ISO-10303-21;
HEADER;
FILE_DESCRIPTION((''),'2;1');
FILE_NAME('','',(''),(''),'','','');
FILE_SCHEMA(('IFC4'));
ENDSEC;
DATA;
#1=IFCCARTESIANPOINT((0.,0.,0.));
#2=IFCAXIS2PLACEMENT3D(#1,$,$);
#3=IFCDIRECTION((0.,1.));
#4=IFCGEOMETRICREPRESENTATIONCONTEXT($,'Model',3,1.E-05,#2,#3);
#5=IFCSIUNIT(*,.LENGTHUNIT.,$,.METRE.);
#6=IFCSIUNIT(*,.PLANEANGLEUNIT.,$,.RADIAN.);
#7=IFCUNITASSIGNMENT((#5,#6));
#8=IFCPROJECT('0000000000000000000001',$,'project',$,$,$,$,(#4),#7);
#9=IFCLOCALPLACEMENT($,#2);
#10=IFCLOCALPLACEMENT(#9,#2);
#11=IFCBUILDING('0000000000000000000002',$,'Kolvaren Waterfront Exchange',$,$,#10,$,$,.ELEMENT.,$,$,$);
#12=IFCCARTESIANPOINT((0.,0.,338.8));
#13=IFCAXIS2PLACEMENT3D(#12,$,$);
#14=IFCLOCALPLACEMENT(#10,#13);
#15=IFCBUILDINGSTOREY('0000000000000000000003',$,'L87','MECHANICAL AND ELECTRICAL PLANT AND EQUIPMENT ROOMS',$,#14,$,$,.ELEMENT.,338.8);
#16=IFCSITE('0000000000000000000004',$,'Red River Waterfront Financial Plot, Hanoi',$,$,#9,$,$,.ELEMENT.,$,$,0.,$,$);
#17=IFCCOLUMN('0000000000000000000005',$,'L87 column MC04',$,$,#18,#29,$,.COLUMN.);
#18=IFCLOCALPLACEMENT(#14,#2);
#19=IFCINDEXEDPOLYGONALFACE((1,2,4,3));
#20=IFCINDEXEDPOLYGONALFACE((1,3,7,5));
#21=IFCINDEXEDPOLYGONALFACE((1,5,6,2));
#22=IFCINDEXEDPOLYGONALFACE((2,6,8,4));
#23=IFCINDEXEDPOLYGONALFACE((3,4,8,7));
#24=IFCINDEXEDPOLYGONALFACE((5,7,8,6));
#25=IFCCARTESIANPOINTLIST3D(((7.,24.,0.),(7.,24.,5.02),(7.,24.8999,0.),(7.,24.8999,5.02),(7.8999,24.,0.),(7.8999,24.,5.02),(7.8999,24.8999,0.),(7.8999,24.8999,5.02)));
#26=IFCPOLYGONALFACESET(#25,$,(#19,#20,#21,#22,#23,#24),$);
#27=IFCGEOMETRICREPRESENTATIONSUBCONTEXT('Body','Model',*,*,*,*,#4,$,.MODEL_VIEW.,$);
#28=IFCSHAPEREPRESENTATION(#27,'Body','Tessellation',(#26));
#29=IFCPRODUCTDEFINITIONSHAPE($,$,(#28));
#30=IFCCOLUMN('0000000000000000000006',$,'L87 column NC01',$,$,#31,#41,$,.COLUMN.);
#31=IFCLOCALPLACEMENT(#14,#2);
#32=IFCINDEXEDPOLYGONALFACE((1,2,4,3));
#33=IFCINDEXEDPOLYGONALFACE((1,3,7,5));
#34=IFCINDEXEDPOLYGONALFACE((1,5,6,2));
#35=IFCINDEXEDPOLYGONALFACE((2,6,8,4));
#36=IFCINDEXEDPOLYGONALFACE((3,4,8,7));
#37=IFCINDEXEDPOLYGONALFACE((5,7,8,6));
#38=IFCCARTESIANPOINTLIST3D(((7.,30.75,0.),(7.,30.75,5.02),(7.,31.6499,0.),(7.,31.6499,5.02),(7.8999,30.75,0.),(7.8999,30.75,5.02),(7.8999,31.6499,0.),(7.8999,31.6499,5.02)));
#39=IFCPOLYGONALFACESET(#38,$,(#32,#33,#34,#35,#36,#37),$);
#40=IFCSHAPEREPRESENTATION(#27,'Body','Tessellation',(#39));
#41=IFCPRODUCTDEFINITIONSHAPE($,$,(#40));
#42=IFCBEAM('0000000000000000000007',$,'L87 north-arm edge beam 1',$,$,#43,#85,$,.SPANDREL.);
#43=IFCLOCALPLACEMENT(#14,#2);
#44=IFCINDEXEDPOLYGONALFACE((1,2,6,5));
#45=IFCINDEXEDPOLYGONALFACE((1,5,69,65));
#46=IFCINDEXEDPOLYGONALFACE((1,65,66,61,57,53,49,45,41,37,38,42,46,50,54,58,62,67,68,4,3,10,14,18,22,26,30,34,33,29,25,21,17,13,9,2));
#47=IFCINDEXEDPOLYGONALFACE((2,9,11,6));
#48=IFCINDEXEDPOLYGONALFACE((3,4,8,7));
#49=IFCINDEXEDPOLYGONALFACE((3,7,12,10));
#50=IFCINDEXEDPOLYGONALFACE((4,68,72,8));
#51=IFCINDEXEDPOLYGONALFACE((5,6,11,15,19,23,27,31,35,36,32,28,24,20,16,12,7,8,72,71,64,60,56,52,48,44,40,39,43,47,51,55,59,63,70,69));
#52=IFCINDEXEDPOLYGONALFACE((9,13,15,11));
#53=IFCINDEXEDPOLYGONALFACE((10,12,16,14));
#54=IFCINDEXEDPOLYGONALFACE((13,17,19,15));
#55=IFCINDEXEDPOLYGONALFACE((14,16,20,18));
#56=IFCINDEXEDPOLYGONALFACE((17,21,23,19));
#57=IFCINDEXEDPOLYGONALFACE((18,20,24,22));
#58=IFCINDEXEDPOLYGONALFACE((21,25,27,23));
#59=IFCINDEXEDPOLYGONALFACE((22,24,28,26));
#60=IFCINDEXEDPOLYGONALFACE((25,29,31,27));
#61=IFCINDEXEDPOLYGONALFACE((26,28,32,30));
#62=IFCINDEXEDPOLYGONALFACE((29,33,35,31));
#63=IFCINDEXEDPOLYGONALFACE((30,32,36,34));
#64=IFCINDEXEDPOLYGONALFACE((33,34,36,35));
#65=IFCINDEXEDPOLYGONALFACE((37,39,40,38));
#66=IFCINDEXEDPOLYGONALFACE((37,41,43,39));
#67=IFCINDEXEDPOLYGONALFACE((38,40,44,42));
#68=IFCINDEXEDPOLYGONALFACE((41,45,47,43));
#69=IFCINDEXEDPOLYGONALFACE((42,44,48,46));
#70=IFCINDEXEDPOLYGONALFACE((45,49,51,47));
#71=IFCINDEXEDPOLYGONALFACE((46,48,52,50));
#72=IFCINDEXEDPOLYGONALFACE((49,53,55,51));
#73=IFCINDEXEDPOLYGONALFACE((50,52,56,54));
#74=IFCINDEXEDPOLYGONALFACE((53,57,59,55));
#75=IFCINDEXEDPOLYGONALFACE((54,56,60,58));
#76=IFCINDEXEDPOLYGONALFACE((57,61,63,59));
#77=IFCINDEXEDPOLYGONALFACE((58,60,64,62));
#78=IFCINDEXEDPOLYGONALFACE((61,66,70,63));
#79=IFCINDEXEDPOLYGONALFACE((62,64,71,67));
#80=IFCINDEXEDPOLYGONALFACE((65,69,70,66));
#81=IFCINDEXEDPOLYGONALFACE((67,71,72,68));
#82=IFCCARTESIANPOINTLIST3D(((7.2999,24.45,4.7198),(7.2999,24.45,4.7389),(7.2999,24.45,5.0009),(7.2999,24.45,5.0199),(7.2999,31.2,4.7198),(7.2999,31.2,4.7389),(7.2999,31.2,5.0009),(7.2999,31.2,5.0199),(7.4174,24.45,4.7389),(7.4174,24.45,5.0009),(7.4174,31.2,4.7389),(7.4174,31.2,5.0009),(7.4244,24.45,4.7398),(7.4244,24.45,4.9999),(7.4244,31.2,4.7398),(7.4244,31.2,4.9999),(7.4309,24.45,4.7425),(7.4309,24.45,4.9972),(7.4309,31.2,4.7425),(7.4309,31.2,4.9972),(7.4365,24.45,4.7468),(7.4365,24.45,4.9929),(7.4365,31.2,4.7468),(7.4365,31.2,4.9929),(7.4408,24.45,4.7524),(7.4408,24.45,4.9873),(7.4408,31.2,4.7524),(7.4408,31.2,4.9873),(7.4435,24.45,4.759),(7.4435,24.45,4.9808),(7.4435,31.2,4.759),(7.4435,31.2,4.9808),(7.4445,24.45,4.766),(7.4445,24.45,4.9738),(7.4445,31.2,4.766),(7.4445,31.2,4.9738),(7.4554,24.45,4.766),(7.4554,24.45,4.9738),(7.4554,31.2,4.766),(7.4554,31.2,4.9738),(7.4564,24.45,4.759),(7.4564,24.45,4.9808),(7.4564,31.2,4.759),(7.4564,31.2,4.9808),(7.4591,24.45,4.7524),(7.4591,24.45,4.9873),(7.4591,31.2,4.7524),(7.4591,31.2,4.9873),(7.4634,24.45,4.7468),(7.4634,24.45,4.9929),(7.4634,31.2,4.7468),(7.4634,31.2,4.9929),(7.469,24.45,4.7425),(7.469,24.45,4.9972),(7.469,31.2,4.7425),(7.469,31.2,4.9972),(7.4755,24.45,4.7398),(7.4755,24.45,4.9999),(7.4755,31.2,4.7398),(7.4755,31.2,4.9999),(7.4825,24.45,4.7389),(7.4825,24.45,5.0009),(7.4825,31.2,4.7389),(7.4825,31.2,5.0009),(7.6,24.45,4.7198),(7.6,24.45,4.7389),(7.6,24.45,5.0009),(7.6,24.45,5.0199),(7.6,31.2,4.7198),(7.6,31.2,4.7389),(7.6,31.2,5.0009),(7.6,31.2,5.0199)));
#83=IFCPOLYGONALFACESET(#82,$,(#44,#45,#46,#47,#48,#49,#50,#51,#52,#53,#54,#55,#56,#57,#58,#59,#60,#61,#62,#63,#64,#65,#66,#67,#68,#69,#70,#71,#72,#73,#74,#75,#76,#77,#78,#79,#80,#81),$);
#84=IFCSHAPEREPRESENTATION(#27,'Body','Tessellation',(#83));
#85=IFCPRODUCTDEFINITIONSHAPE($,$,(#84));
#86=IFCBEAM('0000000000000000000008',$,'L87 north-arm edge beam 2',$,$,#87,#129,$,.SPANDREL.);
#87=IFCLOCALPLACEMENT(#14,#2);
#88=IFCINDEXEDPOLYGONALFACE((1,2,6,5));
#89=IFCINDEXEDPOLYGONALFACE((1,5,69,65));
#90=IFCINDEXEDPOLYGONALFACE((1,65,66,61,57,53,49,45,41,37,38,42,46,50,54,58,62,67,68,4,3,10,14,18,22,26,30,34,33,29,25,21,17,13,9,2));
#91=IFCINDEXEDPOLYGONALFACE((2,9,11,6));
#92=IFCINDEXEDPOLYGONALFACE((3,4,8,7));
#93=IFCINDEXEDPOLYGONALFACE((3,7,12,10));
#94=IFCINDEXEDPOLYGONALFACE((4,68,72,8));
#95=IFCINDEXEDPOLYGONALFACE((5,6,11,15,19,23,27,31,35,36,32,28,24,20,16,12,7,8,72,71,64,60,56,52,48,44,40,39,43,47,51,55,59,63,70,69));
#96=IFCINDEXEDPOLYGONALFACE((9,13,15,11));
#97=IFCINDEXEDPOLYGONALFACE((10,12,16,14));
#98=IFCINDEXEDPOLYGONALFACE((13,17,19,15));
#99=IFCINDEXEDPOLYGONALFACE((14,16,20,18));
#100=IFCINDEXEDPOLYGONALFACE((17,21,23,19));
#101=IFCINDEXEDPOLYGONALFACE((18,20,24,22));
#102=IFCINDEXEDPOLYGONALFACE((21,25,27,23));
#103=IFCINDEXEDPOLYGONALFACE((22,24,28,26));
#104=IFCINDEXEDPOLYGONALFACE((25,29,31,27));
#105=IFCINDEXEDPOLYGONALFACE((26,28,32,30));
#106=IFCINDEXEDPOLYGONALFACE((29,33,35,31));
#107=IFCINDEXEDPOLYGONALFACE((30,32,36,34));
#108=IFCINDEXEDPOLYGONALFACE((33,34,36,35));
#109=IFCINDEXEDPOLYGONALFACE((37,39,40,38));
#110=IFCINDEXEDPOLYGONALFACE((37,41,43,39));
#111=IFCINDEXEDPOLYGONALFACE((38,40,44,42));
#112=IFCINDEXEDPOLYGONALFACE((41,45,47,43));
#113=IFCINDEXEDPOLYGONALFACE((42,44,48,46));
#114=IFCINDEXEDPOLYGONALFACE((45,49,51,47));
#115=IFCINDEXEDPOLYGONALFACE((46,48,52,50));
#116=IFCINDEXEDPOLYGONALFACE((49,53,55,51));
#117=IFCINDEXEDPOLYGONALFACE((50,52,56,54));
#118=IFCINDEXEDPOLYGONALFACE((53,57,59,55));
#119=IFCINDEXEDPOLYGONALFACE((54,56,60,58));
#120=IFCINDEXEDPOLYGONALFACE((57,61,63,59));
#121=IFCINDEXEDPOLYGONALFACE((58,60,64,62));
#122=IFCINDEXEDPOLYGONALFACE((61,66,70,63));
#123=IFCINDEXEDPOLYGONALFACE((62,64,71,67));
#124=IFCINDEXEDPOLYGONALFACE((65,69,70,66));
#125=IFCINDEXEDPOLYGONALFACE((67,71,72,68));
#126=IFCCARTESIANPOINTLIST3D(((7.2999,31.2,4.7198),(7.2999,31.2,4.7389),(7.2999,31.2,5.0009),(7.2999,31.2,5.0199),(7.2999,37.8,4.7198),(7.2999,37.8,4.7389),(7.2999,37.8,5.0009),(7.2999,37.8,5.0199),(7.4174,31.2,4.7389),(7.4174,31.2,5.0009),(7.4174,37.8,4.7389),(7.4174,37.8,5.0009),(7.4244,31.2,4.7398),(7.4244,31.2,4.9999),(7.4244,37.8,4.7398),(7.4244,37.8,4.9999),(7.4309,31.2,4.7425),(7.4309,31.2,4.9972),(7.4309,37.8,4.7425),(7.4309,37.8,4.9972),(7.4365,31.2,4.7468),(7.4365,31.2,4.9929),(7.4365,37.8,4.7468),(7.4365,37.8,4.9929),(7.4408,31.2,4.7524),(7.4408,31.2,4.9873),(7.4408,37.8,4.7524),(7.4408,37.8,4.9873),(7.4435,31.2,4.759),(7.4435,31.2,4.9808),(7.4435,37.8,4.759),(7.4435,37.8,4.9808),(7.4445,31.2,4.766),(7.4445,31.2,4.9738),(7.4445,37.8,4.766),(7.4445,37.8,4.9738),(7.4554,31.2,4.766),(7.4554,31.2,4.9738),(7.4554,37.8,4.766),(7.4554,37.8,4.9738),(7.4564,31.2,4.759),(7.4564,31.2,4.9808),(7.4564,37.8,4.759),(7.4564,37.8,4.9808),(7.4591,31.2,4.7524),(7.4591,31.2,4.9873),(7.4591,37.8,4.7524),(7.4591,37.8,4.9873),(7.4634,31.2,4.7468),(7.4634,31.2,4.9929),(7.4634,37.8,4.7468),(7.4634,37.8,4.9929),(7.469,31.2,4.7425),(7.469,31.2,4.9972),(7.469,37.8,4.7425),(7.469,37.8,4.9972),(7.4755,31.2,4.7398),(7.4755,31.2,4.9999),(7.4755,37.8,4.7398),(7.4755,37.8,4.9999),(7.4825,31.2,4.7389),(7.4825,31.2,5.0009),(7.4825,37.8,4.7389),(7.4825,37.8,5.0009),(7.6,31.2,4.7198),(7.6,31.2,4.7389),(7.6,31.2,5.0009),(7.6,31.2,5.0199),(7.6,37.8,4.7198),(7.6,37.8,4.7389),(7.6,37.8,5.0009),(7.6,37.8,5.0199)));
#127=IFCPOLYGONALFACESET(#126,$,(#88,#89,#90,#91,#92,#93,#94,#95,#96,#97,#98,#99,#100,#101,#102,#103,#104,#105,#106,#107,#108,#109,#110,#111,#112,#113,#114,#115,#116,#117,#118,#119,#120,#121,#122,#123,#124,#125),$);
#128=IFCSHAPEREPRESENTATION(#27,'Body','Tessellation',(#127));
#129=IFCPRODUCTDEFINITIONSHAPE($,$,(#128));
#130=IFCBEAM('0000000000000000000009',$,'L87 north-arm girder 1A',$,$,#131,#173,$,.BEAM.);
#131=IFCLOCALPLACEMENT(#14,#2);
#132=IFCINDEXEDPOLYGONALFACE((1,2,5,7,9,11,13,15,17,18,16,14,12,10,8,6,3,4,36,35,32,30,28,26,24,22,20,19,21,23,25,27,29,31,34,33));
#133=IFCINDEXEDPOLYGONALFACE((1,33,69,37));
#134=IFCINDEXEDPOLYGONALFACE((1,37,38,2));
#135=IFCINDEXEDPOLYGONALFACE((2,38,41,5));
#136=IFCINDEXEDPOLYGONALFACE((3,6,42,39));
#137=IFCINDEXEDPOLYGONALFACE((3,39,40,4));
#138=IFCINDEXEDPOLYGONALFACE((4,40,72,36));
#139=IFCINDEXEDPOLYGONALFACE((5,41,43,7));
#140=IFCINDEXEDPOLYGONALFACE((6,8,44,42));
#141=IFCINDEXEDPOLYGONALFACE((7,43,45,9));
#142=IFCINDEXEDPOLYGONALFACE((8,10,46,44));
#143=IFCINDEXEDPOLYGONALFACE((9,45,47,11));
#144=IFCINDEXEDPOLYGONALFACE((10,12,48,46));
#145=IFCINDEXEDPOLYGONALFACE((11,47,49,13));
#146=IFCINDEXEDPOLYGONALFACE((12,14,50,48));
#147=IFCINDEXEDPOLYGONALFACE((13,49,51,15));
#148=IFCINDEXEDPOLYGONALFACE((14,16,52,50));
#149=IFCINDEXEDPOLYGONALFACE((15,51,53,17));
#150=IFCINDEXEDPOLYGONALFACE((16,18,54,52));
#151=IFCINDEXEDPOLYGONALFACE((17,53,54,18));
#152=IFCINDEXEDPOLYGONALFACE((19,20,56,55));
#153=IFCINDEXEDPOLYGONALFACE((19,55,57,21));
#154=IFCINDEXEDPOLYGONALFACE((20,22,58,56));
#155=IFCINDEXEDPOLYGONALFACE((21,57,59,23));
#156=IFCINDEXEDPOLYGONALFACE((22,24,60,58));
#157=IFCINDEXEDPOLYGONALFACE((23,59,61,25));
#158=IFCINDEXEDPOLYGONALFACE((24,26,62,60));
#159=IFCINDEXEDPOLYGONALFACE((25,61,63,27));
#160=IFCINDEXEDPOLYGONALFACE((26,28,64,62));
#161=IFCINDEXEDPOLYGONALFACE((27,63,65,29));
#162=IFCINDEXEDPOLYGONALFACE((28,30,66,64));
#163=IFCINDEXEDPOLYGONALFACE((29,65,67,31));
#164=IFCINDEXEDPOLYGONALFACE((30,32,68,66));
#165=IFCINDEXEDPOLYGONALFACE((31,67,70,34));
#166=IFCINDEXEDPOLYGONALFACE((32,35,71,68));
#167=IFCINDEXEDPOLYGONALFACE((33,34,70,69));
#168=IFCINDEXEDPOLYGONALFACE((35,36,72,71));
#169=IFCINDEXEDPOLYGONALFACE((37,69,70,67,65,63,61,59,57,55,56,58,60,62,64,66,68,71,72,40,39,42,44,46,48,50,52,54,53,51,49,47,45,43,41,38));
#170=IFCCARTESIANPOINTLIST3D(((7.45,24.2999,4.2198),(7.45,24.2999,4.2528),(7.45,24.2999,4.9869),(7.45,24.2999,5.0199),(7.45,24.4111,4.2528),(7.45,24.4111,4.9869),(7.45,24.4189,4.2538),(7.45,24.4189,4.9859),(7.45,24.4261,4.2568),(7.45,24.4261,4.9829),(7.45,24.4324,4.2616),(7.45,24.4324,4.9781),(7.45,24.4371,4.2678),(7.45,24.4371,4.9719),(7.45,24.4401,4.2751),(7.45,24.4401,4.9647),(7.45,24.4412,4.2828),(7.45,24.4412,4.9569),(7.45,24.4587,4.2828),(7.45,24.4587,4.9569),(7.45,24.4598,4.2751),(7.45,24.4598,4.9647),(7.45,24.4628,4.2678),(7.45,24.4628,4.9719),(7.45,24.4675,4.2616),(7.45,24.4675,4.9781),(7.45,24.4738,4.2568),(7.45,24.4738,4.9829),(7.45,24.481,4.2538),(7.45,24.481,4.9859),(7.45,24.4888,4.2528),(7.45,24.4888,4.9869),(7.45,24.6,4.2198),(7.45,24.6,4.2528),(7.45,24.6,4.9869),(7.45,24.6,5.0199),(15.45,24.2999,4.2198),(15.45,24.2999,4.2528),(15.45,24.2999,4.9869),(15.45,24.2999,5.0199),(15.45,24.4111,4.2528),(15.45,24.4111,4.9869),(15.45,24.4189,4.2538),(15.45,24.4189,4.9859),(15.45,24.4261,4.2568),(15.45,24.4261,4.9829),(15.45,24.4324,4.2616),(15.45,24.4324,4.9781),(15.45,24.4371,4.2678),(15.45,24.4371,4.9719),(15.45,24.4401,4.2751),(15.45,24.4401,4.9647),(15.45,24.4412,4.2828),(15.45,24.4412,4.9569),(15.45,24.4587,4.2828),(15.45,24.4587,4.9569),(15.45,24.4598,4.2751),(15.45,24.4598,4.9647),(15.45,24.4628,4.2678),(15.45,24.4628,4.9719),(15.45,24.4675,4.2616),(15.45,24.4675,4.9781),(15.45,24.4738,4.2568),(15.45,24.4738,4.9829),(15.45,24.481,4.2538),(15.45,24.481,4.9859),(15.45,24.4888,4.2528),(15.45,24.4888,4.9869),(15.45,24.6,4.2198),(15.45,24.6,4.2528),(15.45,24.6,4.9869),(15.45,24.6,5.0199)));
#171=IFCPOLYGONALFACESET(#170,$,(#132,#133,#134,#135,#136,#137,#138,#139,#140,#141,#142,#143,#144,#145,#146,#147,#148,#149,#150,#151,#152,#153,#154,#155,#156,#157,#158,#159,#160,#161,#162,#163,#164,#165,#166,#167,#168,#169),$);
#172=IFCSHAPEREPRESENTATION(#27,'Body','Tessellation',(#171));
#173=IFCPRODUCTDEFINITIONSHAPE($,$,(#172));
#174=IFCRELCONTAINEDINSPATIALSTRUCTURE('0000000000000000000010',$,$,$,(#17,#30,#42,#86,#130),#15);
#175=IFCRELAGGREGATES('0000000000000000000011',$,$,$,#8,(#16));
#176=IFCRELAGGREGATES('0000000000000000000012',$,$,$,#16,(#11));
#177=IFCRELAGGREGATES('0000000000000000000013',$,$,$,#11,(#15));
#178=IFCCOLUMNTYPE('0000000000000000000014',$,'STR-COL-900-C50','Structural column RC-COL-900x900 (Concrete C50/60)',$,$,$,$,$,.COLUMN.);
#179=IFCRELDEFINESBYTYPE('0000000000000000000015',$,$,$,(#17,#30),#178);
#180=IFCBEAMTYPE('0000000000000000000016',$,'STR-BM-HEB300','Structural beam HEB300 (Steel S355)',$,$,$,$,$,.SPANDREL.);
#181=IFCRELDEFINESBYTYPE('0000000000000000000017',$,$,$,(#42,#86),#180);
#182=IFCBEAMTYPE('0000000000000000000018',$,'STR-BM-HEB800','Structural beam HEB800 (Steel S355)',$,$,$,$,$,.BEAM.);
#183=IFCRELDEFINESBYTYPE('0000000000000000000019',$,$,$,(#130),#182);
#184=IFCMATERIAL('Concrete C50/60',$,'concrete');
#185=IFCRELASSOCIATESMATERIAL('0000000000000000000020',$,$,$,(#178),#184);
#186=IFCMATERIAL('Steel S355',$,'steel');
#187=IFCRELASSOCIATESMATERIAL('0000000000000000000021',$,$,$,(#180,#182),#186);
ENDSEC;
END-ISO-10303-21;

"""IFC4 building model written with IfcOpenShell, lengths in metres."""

from ifc_helpers import new_model, si_unit, direction, frame, origin, origin_2d, place, context, subcontext, project, spatial, rectangle, i_section, extrude, material, material_profile, profile_set, type_object, element, save


model = new_model("IFC4")

# Units and contexts
model_context = context("Model", 3, precision=1e-05, world=origin(), true_north=direction((0.0, 1.0)))
body_context = subcontext(model_context, "Body", "Model", "MODEL_VIEW")
ifc_project = project(units=[si_unit("LENGTHUNIT", "METRE"), si_unit("PLANEANGLEUNIT", "RADIAN")], contexts=[model_context])

# Site, building, storey
site_placement = place(None, origin())
site = spatial("IfcSite", under=ifc_project, at=site_placement, Name="Red River Waterfront Financial Plot, Hanoi", CompositionType="ELEMENT", RefElevation=0.0)
building_placement = place(site_placement, origin())
building = spatial("IfcBuilding", under=site, at=building_placement, Name="Kolvaren Waterfront Exchange", CompositionType="ELEMENT")
storey_placement = place(building_placement, frame((0.0, 0.0, 338.8)))
storey = spatial("IfcBuildingStorey", under=building, at=storey_placement, Name="L87", Description="MECHANICAL AND ELECTRICAL PLANT AND EQUIPMENT ROOMS", CompositionType="ELEMENT", Elevation=338.8)

# Columns
ifc_material_1 = material(Name="Concrete C50/60", Category="concrete")
ifc_material_profile_1 = material_profile(ifc_material_1, rectangle(XDim=0.8999, YDim=0.8999, at=origin_2d()), Name="RC-COL-900x900")
ifc_profile_set_1 = profile_set([ifc_material_profile_1], Name="Concrete C50/60")
column_type = type_object("IfcColumnType", Name="STR-COL-900-C50", Description="Structural column RC-COL-900x900 (Concrete C50/60)", PredefinedType="COLUMN", material=ifc_profile_set_1)
for number, where, z_axis, x_axis, name in (
    (1, (7.45, 24.45, 0.0), (0.0, 0.0, 1.0), (1.0, 0.0, 0.0), "L87 column MC04"),
    (2, (7.45, 31.2, 0.0), (0.0, 0.0, 1.0), (1.0, 0.0, 0.0), "L87 column NC01"),
):
    element("IfcColumn", number, at=place(storey_placement, frame(where, z_axis=z_axis, x_axis=x_axis)), inside=storey, type_object=column_type, Name=name, PredefinedType="COLUMN", context=body_context, shape_type="SweptSolid", body=[
        extrude(rectangle(XDim=0.8999, YDim=0.8999, at=origin_2d()), origin(), (0.0, 0.0, 1.0), 5.02),
    ])

# Beams
ifc_material_2 = material(Name="Steel S355", Category="steel")
ifc_material_profile_2 = material_profile(ifc_material_2, i_section(OverallWidth=0.3, OverallDepth=0.3, WebThickness=0.011, FlangeThickness=0.019, FilletRadius=0.0271, at=origin_2d()), Name="HEB300")
ifc_profile_set_2 = profile_set([ifc_material_profile_2], Name="Steel S355")
beam_type_1 = type_object("IfcBeamType", Name="STR-BM-HEB300", Description="Structural beam HEB300 (Steel S355)", PredefinedType="SPANDREL", material=ifc_profile_set_2)
beam_1_placement = place(storey_placement, frame((7.45, 24.45, 4.8699), z_axis=(0.0, 1.0, 0.0), x_axis=(-1.0, 0.0, 0.0)))
element("IfcBeam", 3, at=beam_1_placement, inside=storey, type_object=beam_type_1, Name="L87 north-arm edge beam 1", PredefinedType="SPANDREL", context=body_context, shape_type="SweptSolid", body=[
    extrude(i_section(OverallWidth=0.3, OverallDepth=0.3, WebThickness=0.011, FlangeThickness=0.019, FilletRadius=0.0271, at=origin_2d()), origin(), (0.0, 0.0, 1.0), 6.75),
])
beam_2_placement = place(storey_placement, frame((7.45, 31.2, 4.8699), z_axis=(0.0, 1.0, 0.0), x_axis=(-1.0, 0.0, 0.0)))
element("IfcBeam", 4, at=beam_2_placement, inside=storey, type_object=beam_type_1, Name="L87 north-arm edge beam 2", PredefinedType="SPANDREL", context=body_context, shape_type="SweptSolid", body=[
    extrude(i_section(OverallWidth=0.3, OverallDepth=0.3, WebThickness=0.011, FlangeThickness=0.019, FilletRadius=0.0271, at=origin_2d()), origin(), (0.0, 0.0, 1.0), 6.6001),
])
ifc_material_profile_3 = material_profile(ifc_material_2, i_section(OverallWidth=0.3, OverallDepth=0.8, WebThickness=0.0176, FlangeThickness=0.033, FilletRadius=0.03, at=origin_2d()), Name="HEB800")
ifc_profile_set_3 = profile_set([ifc_material_profile_3], Name="Steel S355")
beam_type_2 = type_object("IfcBeamType", Name="STR-BM-HEB800", Description="Structural beam HEB800 (Steel S355)", PredefinedType="BEAM", material=ifc_profile_set_3)
beam_3_placement = place(storey_placement, frame((7.45, 24.45, 4.6199), z_axis=(1.0, 0.0, 0.0), x_axis=(0.0, 1.0, 0.0)))
element("IfcBeam", 5, at=beam_3_placement, inside=storey, type_object=beam_type_2, Name="L87 north-arm girder 1A", PredefinedType="BEAM", context=body_context, shape_type="SweptSolid", body=[
    extrude(i_section(OverallWidth=0.3, OverallDepth=0.8, WebThickness=0.0176, FlangeThickness=0.033, FilletRadius=0.03, at=origin_2d()), origin(), (0.0, 0.0, 1.0), 8.0),
])

save(model, "model.ifc")
